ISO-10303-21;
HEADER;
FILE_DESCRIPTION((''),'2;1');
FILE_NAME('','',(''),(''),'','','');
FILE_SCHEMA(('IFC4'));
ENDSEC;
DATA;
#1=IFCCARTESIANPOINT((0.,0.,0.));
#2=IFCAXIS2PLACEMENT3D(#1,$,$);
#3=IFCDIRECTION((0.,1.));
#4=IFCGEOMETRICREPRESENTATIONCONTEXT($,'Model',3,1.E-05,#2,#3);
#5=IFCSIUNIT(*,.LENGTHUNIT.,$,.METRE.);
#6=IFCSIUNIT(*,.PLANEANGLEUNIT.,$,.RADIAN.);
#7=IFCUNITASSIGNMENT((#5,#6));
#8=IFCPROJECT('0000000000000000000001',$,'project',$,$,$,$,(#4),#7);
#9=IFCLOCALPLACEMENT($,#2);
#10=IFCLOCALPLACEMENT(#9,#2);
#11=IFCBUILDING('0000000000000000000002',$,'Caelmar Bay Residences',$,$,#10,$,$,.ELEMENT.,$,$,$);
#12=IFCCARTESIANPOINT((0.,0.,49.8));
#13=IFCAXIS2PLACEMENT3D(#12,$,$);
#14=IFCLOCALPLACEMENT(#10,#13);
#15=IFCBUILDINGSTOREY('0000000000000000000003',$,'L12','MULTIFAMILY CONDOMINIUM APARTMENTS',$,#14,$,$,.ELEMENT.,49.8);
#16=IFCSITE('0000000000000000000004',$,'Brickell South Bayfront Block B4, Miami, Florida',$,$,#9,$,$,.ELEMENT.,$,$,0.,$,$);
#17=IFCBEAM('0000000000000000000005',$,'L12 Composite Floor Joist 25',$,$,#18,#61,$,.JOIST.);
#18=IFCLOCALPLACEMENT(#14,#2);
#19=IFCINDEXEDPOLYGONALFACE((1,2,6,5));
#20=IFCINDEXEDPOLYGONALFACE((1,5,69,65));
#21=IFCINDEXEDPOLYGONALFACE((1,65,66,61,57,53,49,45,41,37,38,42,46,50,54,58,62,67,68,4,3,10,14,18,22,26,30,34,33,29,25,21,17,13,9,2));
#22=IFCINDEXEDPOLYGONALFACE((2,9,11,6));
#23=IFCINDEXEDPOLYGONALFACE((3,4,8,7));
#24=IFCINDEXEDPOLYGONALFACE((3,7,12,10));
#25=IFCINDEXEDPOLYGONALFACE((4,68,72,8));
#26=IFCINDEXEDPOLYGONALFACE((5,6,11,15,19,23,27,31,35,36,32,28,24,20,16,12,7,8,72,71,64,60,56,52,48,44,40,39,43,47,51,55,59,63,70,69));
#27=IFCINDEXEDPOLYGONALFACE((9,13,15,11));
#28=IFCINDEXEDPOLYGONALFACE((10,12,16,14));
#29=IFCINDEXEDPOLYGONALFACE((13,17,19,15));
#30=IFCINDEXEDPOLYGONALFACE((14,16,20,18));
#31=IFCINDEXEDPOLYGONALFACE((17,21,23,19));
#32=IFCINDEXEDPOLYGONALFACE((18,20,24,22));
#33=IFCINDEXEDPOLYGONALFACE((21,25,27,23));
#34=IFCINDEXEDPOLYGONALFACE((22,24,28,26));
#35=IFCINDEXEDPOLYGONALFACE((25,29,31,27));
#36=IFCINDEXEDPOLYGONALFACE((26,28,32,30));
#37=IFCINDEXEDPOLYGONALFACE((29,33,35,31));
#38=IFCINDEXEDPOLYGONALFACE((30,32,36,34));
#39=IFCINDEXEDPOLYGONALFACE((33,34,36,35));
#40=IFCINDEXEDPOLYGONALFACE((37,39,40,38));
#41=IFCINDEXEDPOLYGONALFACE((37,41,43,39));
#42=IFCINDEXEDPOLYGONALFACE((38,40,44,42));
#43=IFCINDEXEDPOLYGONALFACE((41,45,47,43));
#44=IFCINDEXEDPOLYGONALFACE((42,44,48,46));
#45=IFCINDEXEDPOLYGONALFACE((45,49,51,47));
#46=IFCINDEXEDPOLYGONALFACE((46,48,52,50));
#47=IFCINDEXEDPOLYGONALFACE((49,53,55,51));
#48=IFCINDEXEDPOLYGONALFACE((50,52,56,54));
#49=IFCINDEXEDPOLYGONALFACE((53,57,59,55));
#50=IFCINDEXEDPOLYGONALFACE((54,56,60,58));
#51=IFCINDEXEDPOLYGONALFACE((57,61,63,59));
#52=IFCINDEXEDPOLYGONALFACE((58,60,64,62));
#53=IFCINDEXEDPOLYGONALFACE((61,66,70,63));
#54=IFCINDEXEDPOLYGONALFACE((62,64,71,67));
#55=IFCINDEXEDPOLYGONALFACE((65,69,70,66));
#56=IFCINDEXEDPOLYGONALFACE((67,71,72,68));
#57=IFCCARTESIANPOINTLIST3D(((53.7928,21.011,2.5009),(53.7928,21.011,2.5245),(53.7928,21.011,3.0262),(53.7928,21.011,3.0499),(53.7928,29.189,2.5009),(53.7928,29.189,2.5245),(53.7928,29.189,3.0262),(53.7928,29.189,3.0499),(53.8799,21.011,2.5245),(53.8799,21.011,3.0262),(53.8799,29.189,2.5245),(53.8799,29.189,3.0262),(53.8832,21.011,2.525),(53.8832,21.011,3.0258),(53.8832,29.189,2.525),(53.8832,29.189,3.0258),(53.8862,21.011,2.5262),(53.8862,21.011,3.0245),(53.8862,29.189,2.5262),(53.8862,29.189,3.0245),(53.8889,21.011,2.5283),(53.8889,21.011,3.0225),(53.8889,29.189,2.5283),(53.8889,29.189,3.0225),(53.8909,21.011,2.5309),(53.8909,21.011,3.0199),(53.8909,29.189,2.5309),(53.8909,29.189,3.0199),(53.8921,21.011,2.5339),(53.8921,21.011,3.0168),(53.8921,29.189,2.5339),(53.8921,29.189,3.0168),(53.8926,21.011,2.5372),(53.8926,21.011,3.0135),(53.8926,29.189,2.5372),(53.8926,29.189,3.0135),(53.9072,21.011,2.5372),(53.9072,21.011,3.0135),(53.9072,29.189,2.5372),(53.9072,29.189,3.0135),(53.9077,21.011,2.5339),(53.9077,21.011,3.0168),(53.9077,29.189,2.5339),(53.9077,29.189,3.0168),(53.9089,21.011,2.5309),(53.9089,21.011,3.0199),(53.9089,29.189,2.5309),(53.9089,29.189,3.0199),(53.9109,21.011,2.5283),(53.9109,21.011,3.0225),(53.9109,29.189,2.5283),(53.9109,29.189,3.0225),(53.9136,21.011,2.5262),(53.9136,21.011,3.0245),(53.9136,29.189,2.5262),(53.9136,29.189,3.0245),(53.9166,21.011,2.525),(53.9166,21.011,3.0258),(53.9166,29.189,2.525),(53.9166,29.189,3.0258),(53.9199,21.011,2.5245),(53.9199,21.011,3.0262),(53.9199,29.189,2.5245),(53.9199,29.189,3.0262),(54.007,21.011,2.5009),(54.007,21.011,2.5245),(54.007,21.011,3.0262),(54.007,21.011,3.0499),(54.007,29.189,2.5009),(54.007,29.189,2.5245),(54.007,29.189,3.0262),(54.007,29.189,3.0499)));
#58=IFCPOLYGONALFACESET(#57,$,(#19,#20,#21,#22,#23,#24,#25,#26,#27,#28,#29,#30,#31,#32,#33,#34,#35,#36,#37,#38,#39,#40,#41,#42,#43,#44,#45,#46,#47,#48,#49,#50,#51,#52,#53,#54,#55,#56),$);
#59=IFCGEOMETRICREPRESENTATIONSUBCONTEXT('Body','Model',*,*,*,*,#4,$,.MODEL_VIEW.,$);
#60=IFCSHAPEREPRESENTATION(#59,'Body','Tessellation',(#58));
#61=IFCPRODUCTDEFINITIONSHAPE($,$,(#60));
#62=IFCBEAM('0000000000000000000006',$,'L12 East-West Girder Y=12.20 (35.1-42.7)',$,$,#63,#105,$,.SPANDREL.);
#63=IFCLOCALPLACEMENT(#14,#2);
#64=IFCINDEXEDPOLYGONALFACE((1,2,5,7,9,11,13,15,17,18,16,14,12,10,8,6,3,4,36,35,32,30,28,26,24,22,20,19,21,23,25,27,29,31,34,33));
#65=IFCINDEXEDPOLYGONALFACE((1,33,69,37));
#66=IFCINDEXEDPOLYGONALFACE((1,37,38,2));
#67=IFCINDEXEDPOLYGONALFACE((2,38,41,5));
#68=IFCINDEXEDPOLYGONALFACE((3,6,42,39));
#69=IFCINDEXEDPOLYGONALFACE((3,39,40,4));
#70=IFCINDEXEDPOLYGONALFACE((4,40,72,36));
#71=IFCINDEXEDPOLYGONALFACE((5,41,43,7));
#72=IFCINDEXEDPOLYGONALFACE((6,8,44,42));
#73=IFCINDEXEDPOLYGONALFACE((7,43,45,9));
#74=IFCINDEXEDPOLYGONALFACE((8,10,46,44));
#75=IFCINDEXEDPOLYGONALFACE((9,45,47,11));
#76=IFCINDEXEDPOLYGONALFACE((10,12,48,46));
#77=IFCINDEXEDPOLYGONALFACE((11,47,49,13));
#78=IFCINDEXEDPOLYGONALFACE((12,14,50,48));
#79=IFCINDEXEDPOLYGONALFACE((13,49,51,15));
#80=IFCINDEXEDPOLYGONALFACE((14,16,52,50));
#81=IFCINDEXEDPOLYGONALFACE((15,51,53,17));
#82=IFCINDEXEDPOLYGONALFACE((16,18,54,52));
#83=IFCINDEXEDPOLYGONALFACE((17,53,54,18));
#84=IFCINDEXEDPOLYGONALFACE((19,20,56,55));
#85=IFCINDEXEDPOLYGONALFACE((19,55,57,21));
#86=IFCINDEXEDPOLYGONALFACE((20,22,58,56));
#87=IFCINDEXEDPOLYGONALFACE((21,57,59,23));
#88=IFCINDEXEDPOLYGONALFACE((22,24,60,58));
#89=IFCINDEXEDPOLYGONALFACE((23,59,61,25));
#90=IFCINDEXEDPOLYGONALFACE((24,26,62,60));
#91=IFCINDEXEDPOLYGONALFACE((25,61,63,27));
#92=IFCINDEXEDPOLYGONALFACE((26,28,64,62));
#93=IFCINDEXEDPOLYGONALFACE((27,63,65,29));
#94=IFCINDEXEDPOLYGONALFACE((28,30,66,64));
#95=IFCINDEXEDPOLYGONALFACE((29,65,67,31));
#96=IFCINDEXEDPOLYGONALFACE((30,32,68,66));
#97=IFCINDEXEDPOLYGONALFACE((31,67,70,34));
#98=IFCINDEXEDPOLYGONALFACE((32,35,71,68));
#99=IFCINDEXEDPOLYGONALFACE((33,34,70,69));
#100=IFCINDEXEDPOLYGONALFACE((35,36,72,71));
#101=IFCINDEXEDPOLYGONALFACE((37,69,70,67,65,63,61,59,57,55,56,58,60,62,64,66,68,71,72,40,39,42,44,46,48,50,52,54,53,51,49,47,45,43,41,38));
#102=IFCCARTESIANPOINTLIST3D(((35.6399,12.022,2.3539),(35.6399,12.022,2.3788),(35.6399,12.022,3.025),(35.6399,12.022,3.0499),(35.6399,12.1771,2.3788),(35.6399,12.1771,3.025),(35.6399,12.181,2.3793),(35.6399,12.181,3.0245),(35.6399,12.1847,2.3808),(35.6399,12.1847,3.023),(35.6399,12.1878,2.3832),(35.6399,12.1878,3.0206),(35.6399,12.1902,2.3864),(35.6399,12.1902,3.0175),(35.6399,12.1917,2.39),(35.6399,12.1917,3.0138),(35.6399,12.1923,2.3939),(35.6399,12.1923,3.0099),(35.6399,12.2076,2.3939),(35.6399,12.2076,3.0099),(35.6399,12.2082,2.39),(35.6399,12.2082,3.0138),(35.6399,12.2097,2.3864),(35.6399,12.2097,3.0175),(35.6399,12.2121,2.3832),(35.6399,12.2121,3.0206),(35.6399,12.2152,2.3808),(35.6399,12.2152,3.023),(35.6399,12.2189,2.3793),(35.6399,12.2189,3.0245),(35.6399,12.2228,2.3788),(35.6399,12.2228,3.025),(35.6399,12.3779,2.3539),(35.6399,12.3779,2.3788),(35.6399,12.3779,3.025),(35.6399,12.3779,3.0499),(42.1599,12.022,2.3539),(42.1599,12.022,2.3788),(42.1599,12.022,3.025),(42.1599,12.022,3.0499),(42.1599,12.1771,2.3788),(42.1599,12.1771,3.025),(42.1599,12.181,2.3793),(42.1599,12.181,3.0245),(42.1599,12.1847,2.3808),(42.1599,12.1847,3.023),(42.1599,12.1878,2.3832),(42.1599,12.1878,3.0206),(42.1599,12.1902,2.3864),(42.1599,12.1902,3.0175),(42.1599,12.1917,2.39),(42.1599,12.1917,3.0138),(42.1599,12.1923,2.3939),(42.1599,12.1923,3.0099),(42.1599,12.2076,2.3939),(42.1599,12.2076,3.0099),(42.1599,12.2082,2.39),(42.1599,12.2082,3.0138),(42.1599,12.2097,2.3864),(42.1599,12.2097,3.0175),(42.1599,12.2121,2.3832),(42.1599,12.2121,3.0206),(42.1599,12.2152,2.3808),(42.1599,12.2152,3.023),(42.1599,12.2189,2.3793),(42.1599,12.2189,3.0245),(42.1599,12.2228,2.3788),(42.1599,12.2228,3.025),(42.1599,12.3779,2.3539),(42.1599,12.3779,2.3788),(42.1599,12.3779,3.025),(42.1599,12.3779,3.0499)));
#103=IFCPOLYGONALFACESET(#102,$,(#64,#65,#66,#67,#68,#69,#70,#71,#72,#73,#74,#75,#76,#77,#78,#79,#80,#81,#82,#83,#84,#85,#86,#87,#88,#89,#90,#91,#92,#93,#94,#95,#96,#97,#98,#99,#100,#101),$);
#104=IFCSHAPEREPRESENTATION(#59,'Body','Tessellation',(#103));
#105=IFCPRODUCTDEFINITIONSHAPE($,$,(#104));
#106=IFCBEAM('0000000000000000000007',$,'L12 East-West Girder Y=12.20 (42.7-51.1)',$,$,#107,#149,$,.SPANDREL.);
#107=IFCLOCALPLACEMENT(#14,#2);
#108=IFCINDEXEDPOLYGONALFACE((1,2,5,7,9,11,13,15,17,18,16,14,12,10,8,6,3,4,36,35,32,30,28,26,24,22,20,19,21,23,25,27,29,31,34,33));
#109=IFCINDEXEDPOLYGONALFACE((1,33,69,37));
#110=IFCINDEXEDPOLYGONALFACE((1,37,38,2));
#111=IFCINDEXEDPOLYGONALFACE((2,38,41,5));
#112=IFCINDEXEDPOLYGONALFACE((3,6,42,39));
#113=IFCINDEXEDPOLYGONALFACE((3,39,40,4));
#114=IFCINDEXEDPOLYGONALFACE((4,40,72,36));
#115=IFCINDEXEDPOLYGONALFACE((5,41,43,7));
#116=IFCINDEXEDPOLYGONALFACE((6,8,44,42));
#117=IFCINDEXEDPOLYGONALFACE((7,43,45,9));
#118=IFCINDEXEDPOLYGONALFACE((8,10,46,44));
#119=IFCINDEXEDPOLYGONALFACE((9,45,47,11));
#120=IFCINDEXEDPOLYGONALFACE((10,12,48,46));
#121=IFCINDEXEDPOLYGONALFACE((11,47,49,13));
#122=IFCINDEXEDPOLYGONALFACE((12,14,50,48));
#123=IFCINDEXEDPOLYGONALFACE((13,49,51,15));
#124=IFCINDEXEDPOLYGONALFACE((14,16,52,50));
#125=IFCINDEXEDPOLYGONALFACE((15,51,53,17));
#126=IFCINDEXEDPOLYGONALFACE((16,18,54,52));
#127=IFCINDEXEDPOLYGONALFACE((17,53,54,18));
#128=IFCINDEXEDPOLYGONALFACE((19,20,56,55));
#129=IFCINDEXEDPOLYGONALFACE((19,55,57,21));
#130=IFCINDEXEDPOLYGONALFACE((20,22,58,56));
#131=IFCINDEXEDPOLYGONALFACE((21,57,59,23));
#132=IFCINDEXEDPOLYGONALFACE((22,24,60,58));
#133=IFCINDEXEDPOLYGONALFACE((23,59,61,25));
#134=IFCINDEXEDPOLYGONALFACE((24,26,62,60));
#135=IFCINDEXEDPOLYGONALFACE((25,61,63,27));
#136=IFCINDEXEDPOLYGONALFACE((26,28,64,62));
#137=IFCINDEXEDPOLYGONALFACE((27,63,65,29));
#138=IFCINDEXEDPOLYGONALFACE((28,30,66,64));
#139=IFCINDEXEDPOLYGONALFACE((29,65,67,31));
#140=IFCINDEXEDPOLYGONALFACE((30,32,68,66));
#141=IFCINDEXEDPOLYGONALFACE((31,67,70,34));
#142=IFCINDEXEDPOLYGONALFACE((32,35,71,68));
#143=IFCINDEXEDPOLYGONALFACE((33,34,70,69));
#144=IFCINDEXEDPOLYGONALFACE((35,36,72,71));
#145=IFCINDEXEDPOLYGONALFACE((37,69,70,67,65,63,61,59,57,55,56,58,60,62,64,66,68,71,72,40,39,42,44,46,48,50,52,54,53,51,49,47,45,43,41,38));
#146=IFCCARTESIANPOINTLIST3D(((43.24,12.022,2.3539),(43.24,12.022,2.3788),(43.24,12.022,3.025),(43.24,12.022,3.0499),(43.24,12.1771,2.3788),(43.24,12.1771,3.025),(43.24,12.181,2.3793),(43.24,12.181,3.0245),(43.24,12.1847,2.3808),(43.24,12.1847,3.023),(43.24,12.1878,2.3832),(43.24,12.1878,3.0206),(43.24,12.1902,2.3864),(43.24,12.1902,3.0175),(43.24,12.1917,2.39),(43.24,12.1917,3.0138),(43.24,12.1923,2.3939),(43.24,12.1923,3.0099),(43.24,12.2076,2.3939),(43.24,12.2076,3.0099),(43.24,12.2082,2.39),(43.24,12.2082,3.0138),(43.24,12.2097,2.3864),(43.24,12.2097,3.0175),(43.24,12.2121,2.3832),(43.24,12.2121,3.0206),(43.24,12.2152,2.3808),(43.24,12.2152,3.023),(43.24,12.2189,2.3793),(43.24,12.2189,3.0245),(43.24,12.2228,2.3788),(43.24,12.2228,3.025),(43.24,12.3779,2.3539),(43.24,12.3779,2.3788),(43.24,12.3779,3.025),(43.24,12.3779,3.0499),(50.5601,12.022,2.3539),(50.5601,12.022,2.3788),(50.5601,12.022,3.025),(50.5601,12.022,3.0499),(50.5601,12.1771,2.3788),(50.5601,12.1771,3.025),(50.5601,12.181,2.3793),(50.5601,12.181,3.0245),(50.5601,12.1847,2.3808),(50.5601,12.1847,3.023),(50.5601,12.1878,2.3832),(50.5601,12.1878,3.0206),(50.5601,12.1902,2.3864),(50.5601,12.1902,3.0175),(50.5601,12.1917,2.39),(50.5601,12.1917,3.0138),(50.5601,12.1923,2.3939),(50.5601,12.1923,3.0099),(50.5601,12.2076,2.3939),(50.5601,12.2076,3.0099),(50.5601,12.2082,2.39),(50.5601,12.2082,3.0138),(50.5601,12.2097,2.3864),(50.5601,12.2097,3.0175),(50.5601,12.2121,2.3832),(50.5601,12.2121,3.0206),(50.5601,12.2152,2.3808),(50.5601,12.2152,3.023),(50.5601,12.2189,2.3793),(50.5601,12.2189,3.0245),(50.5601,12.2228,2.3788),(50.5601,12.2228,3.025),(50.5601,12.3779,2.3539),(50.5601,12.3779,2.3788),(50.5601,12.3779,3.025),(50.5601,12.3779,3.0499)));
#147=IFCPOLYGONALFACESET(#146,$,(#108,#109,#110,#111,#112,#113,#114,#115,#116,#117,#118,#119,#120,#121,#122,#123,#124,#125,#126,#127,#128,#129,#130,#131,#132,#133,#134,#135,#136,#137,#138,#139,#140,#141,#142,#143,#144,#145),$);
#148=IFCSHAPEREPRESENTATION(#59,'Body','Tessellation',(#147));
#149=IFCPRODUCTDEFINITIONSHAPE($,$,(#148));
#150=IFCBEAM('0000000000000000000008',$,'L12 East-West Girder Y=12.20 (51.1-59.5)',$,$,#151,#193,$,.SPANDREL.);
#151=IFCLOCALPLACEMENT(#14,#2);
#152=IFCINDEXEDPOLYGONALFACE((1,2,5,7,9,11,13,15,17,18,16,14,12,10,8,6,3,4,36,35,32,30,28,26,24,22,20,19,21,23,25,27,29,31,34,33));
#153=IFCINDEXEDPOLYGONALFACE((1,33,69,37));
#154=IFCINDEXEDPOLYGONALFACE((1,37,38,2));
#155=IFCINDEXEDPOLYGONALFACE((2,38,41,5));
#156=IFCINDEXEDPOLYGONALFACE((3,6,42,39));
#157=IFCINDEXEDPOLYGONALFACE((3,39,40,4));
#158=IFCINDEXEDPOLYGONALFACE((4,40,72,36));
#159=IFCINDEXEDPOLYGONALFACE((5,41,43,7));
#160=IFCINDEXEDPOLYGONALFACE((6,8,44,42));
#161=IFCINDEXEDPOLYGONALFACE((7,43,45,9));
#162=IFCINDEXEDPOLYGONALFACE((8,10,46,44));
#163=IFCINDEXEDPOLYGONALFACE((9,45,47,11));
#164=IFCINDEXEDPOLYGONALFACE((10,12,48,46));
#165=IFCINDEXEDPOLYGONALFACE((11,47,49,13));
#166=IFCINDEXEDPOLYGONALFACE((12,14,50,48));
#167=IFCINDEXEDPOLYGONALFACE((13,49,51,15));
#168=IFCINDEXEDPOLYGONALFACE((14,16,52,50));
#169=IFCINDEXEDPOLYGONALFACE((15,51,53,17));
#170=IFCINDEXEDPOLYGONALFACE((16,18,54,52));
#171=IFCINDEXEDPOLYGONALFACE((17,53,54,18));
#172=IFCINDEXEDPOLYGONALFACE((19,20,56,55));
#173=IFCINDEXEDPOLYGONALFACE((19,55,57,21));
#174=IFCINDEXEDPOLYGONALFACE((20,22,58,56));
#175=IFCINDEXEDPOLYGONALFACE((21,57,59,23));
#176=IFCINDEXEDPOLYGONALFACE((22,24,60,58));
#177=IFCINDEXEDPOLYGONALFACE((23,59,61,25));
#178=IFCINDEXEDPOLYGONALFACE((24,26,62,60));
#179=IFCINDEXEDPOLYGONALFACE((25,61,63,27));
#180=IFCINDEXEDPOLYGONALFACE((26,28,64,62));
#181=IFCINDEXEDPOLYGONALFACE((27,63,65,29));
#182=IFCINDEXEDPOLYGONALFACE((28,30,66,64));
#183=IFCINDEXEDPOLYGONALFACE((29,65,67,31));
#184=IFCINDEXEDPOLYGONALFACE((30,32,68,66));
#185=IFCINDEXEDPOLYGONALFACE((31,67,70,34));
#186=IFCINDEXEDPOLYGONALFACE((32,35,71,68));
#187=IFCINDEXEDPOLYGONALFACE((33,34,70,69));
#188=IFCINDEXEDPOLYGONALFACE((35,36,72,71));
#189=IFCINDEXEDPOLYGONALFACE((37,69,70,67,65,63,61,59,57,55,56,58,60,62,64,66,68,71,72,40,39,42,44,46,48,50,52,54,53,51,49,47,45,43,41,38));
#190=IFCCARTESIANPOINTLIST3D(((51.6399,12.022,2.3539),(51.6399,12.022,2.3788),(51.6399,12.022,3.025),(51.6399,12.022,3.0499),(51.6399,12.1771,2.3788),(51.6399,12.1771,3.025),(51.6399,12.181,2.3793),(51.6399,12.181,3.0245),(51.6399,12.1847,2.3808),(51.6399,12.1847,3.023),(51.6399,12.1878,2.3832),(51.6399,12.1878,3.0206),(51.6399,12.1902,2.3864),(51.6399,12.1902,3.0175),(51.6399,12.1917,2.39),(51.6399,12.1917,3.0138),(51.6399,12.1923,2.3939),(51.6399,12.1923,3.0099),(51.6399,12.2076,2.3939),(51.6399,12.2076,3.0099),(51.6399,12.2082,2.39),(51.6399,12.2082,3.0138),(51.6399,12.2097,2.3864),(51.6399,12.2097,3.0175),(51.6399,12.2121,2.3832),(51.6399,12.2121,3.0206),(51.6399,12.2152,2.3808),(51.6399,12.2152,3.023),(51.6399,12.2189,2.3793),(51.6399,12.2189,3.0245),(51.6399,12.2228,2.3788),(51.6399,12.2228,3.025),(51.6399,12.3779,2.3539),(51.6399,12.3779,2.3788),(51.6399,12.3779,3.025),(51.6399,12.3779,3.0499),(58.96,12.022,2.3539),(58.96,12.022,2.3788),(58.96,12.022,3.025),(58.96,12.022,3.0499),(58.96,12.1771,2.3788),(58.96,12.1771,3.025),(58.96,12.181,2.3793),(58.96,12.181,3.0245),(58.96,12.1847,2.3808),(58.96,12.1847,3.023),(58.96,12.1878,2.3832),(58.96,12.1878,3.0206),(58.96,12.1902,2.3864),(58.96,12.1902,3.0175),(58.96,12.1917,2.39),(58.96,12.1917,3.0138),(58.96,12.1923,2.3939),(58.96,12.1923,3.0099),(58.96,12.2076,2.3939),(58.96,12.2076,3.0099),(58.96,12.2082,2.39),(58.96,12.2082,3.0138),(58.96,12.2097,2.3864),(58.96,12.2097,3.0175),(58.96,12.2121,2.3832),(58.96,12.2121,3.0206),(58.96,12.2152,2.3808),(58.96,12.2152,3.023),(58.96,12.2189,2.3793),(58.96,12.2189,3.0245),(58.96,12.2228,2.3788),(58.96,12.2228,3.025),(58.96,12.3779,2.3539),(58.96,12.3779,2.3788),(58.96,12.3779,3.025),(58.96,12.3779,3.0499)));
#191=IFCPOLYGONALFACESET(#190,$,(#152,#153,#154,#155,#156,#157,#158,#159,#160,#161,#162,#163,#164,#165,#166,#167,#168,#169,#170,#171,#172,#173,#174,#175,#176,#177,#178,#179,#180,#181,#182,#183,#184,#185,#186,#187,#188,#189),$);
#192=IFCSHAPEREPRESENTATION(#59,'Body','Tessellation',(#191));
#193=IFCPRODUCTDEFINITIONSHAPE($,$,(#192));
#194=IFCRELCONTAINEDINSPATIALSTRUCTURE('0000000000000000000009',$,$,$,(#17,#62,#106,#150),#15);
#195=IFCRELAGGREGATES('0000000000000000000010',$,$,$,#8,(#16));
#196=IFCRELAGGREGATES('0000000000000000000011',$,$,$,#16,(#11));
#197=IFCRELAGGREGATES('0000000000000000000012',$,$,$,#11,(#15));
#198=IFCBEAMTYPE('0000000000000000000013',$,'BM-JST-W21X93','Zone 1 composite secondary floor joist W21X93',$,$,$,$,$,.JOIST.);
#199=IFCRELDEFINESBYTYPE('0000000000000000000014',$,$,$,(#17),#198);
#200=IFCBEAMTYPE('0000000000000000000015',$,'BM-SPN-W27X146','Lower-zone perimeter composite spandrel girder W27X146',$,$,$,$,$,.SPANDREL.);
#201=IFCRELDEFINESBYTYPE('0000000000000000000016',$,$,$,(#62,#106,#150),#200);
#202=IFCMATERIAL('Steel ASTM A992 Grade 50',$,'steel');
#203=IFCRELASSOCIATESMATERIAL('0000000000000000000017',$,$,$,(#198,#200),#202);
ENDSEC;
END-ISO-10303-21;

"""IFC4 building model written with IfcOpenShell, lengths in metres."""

from ifc_helpers import new_model, si_unit, direction, frame, origin, origin_2d, place, context, subcontext, project, spatial, i_section, extrude, material, material_profile, profile_set, type_object, element, save


model = new_model("IFC4")

# Units and contexts
model_context = context("Model", 3, precision=1e-05, world=origin(), true_north=direction((0.0, 1.0)))
body_context = subcontext(model_context, "Body", "Model", "MODEL_VIEW")
ifc_project = project(units=[si_unit("LENGTHUNIT", "METRE"), si_unit("PLANEANGLEUNIT", "RADIAN")], contexts=[model_context])

# Site, building, storey
site_placement = place(None, origin())
site = spatial("IfcSite", under=ifc_project, at=site_placement, Name="Brickell South Bayfront Block B4, Miami, Florida", CompositionType="ELEMENT", RefElevation=0.0)
building_placement = place(site_placement, origin())
building = spatial("IfcBuilding", under=site, at=building_placement, Name="Caelmar Bay Residences", CompositionType="ELEMENT")
storey_placement = place(building_placement, frame((0.0, 0.0, 49.8)))
storey = spatial("IfcBuildingStorey", under=building, at=storey_placement, Name="L12", Description="MULTIFAMILY CONDOMINIUM APARTMENTS", CompositionType="ELEMENT", Elevation=49.8)

# Beams
ifc_material_1 = material(Name="Steel ASTM A992 Grade 50", Category="steel")
ifc_material_profile_1 = material_profile(ifc_material_1, i_section(OverallWidth=0.2141, OverallDepth=0.5491, WebThickness=0.0146, FlangeThickness=0.0237, FilletRadius=0.0127, at=origin_2d()), Name="W21X93")
ifc_profile_set_1 = profile_set([ifc_material_profile_1], Name="Steel ASTM A992 Grade 50")
beam_type_1 = type_object("IfcBeamType", Name="BM-JST-W21X93", Description="Zone 1 composite secondary floor joist W21X93", PredefinedType="JOIST", material=ifc_profile_set_1)
for number, where, z_axis, x_axis, name in (
    (1, (53.8999, 21.011, 2.7754), (0.0, 1.0, 0.0), (-1.0, 0.0, 0.0), "L12 Composite Floor Joist 25"),
):
    element("IfcBeam", number, at=place(storey_placement, frame(where, z_axis=z_axis, x_axis=x_axis)), inside=storey, type_object=beam_type_1, Name=name, PredefinedType="JOIST", context=body_context, shape_type="SweptSolid", body=[
        extrude(i_section(OverallWidth=0.2141, OverallDepth=0.5491, WebThickness=0.0146, FlangeThickness=0.0237, FilletRadius=0.0127, at=origin_2d()), origin(), (0.0, 0.0, 1.0), 8.178),
    ])
ifc_material_profile_2 = material_profile(ifc_material_1, i_section(OverallWidth=0.356, OverallDepth=0.696, WebThickness=0.0154, FlangeThickness=0.0249, FilletRadius=0.0151, at=origin_2d()), Name="W27X146")
ifc_profile_set_2 = profile_set([ifc_material_profile_2], Name="Steel ASTM A992 Grade 50")
beam_type_2 = type_object("IfcBeamType", Name="BM-SPN-W27X146", Description="Lower-zone perimeter composite spandrel girder W27X146", PredefinedType="SPANDREL", material=ifc_profile_set_2)
beam_1_placement = place(storey_placement, frame((35.6399, 12.2, 2.7019), z_axis=(1.0, 0.0, 0.0), x_axis=(0.0, 1.0, 0.0)))
element("IfcBeam", 2, at=beam_1_placement, inside=storey, type_object=beam_type_2, Name="L12 East-West Girder Y=12.20 (35.1-42.7)", PredefinedType="SPANDREL", context=body_context, shape_type="SweptSolid", body=[
    extrude(i_section(OverallWidth=0.356, OverallDepth=0.696, WebThickness=0.0154, FlangeThickness=0.0249, FilletRadius=0.0151, at=origin_2d()), origin(), (0.0, 0.0, 1.0), 6.52),
])
for number, where, z_axis, x_axis, name in (
    (3, (43.24, 12.2, 2.7019), (1.0, 0.0, 0.0), (0.0, 1.0, 0.0), "L12 East-West Girder Y=12.20 (42.7-51.1)"),
    (4, (51.6399, 12.2, 2.7019), (1.0, 0.0, 0.0), (0.0, 1.0, 0.0), "L12 East-West Girder Y=12.20 (51.1-59.5)"),
):
    element("IfcBeam", number, at=place(storey_placement, frame(where, z_axis=z_axis, x_axis=x_axis)), inside=storey, type_object=beam_type_2, Name=name, PredefinedType="SPANDREL", context=body_context, shape_type="SweptSolid", body=[
        extrude(i_section(OverallWidth=0.356, OverallDepth=0.696, WebThickness=0.0154, FlangeThickness=0.0249, FilletRadius=0.0151, at=origin_2d()), origin(), (0.0, 0.0, 1.0), 7.3201),
    ])

save(model, "model.ifc")
